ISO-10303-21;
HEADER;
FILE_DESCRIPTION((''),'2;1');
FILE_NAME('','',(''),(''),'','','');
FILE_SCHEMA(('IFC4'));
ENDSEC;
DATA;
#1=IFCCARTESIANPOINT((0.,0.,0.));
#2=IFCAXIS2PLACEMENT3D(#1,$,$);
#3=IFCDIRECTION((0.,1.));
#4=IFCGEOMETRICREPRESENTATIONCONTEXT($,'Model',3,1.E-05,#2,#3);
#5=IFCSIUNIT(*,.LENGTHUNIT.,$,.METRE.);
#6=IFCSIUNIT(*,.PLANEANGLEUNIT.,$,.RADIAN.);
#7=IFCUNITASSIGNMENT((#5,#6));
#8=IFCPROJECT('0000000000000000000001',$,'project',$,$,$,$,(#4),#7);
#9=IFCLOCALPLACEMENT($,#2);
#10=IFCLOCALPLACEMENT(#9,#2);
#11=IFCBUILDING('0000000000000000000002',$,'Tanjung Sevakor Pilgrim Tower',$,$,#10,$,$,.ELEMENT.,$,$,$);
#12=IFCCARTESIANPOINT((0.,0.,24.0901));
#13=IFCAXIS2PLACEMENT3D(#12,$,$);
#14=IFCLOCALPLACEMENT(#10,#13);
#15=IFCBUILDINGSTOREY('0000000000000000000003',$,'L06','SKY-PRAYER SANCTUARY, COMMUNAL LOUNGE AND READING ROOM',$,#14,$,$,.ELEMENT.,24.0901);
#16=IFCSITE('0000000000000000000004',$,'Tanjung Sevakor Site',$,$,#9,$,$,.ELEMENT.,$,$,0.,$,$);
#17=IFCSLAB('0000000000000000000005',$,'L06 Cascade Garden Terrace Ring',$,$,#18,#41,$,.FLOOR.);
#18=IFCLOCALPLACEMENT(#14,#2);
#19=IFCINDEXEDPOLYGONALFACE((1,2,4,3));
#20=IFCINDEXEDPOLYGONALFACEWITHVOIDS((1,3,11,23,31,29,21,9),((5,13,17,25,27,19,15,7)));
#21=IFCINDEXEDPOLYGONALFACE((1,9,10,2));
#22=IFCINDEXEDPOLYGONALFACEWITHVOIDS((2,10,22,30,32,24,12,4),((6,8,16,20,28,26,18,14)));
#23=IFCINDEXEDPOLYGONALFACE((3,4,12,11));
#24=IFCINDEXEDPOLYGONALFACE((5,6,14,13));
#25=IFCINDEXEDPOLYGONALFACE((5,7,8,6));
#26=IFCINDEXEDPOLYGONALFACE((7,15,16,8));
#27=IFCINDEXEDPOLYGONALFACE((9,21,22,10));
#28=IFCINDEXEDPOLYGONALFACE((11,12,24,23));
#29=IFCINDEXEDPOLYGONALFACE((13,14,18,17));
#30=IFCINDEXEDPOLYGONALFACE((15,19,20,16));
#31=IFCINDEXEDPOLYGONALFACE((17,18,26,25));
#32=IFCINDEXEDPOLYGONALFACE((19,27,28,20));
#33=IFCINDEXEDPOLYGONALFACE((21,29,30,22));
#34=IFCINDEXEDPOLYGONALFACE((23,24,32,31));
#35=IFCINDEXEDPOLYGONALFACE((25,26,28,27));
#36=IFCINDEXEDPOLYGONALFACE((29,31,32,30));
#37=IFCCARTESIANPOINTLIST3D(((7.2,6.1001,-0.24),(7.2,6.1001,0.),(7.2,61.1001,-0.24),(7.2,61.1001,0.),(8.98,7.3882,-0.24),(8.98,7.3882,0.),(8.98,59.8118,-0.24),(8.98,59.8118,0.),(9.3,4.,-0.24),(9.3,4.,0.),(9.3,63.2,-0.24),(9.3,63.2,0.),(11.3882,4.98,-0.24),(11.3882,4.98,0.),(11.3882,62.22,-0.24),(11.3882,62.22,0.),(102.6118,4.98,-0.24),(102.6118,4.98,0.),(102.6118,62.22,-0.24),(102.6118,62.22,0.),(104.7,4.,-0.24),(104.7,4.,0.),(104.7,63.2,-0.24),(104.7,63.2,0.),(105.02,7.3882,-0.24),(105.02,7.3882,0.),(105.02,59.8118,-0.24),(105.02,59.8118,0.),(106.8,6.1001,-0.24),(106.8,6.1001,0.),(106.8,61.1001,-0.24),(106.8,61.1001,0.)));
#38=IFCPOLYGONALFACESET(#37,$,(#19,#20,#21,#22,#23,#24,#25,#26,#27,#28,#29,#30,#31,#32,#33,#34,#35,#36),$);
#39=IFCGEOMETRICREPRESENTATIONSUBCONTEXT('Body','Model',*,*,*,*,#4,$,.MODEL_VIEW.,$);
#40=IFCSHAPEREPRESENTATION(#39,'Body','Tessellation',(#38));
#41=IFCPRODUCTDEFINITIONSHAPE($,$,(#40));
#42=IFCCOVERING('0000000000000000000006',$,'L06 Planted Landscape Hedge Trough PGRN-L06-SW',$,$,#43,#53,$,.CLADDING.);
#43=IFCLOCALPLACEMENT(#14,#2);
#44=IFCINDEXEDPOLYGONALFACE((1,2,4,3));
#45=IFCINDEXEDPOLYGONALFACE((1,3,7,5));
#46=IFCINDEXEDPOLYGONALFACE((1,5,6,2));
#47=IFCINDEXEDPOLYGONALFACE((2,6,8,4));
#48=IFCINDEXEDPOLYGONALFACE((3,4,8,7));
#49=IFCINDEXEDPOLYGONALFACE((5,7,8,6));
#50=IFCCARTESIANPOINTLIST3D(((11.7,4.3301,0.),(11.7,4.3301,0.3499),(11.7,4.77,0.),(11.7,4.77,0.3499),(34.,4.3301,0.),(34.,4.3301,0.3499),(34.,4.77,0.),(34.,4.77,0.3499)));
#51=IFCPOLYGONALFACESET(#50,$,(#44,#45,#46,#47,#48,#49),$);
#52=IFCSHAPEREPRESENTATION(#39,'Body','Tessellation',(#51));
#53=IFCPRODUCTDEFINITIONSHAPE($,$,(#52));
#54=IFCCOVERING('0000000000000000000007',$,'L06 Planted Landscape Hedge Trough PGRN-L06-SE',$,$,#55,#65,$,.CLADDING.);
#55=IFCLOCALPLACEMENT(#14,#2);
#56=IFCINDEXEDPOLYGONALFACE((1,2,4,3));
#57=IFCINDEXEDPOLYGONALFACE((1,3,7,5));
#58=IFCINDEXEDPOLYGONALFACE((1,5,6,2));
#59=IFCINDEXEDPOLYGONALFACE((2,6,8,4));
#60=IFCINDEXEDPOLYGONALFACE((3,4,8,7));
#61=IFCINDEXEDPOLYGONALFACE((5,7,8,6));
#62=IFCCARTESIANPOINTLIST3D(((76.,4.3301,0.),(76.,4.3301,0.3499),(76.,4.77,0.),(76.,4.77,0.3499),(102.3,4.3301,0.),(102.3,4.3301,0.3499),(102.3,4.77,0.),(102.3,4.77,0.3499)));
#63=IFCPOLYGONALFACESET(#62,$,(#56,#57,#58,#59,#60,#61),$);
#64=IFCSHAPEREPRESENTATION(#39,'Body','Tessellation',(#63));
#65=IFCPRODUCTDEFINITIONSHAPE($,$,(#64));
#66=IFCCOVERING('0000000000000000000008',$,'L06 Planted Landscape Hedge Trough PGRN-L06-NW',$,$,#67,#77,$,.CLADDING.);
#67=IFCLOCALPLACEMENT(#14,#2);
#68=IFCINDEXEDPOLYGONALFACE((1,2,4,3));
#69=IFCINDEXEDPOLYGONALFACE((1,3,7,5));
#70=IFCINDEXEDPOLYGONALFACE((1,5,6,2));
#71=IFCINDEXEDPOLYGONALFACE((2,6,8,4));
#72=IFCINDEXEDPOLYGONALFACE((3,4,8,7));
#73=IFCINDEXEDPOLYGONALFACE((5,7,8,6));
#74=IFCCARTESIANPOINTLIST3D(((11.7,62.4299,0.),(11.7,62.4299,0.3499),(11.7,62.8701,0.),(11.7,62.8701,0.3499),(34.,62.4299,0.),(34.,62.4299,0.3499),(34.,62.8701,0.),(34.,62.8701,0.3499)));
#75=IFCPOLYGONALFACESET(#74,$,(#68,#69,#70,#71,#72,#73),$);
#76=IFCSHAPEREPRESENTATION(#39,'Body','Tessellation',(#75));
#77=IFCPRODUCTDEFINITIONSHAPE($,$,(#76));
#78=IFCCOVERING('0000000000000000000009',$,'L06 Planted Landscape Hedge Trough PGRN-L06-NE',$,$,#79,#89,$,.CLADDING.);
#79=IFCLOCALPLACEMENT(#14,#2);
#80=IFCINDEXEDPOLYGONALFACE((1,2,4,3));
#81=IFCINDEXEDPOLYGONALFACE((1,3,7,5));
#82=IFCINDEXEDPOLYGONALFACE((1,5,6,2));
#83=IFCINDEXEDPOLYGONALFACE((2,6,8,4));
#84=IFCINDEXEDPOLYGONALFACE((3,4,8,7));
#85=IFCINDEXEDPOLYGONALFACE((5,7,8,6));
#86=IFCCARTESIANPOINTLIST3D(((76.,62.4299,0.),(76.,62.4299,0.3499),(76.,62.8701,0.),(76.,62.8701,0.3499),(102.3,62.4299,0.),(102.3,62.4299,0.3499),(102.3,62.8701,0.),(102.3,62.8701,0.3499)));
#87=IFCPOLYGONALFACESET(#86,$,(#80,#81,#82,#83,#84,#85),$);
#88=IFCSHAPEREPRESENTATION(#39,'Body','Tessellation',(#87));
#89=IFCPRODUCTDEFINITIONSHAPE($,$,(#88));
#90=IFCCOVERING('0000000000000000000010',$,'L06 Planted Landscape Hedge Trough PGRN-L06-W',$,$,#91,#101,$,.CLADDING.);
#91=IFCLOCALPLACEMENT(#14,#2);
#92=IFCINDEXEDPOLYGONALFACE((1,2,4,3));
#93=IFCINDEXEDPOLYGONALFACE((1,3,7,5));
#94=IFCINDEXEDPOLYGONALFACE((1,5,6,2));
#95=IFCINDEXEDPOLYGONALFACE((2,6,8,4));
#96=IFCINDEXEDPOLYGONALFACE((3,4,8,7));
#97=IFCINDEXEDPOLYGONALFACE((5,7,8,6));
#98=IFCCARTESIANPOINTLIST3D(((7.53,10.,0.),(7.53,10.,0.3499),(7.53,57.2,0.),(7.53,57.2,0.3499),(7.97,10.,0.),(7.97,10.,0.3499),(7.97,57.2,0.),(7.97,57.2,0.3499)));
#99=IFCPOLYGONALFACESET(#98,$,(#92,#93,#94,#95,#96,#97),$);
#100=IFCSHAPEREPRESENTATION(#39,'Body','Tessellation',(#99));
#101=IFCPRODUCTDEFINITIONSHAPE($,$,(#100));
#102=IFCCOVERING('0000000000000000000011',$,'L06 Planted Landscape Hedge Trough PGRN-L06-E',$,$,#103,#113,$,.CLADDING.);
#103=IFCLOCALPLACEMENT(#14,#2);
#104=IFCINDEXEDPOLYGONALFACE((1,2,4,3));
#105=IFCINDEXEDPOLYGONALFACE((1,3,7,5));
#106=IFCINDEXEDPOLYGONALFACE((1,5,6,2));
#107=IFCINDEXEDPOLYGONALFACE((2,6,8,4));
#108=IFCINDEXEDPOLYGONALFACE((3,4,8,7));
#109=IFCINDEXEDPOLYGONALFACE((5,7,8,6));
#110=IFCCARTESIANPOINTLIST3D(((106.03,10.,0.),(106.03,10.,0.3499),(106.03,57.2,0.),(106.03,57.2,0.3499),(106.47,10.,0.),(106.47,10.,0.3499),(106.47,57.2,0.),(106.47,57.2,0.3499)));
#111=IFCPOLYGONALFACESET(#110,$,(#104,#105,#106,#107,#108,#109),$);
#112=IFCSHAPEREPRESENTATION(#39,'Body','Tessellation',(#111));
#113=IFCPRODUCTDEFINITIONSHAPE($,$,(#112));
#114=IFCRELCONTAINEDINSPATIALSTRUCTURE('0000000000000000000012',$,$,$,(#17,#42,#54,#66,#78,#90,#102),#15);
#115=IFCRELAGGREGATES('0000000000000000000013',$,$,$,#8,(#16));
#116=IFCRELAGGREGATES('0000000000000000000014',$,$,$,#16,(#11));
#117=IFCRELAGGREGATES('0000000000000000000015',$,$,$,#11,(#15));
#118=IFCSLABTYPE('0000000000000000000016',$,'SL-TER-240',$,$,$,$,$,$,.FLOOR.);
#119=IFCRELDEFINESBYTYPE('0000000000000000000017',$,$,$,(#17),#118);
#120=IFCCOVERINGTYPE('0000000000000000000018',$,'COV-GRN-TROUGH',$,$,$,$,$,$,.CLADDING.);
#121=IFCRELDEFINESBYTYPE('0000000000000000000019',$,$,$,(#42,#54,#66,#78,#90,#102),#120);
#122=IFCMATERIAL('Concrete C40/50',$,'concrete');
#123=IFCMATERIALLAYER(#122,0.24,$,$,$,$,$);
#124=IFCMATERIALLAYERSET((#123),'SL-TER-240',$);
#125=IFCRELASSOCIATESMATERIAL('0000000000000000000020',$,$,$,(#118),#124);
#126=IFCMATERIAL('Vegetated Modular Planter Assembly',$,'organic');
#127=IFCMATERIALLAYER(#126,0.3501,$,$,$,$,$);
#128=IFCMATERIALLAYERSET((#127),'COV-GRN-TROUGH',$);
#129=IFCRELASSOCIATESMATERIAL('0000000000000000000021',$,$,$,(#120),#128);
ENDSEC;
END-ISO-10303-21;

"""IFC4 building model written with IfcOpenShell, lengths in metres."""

from ifc_helpers import new_model, si_unit, direction, frame, origin, place, context, subcontext, project, spatial, polyline, outline, extrude, material, layer, layer_set, type_object, element, save


model = new_model("IFC4")

# Units and contexts
model_context = context("Model", 3, precision=1e-05, world=origin(), true_north=direction((0.0, 1.0)))
body_context = subcontext(model_context, "Body", "Model", "MODEL_VIEW")
ifc_project = project(units=[si_unit("LENGTHUNIT", "METRE"), si_unit("PLANEANGLEUNIT", "RADIAN")], contexts=[model_context])

# Site, building, storey
site_placement = place(None, origin())
site = spatial("IfcSite", under=ifc_project, at=site_placement, Name="Tanjung Sevakor Site", CompositionType="ELEMENT", RefElevation=0.0)
building_placement = place(site_placement, origin())
building = spatial("IfcBuilding", under=site, at=building_placement, Name="Tanjung Sevakor Pilgrim Tower", CompositionType="ELEMENT")
storey_placement = place(building_placement, frame((0.0, 0.0, 24.0901)))
storey = spatial("IfcBuildingStorey", under=building, at=storey_placement, Name="L06", Description="SKY-PRAYER SANCTUARY, COMMUNAL LOUNGE AND READING ROOM", CompositionType="ELEMENT", Elevation=24.0901)

# Slab
ifc_material_1 = material(Name="Concrete C40/50", Category="concrete")
ifc_layer_1 = layer(ifc_material_1, 0.24)
ifc_layer_set_1 = layer_set([ifc_layer_1], Name="SL-TER-240")
slab_type_1 = type_object("IfcSlabType", Name="SL-TER-240", PredefinedType="FLOOR", material=ifc_layer_set_1)
slab_1_placement = place(storey_placement, frame((0.0, 0.0, -0.24)))
element("IfcSlab", 1, at=slab_1_placement, inside=storey, type_object=slab_type_1, Name="L06 Cascade Garden Terrace Ring", PredefinedType="FLOOR", context=body_context, shape_type="SweptSolid", body=[
    extrude(outline(polyline([(9.3, 4.0), (104.7, 4.0), (106.8, 6.1001), (106.8, 61.1001), (104.7, 63.2), (9.3, 63.2), (7.2, 61.1001), (7.2, 6.1001), (9.3, 4.0)]), holes=[polyline([(11.3882, 4.98), (102.6118, 4.98), (105.02, 7.3882), (105.02, 59.8118), (102.6118, 62.22), (11.3882, 62.22), (8.98, 59.8118), (8.98, 7.3882), (11.3882, 4.98)])]), origin(), (0.0, 0.0, 1.0), 0.24),
])

# Coverings
ifc_material_2 = material(Name="Vegetated Modular Planter Assembly", Category="organic")
ifc_layer_2 = layer(ifc_material_2, 0.3501)
ifc_layer_set_2 = layer_set([ifc_layer_2], Name="COV-GRN-TROUGH")
covering_type = type_object("IfcCoveringType", Name="COV-GRN-TROUGH", PredefinedType="CLADDING", material=ifc_layer_set_2)
covering_1_placement = place(storey_placement, origin())
element("IfcCovering", 2, at=covering_1_placement, inside=storey, type_object=covering_type, Name="L06 Planted Landscape Hedge Trough PGRN-L06-SW", PredefinedType="CLADDING", context=body_context, shape_type="SweptSolid", body=[
    extrude(outline(polyline([(11.7, 4.3301), (34.0, 4.3301), (34.0, 4.77), (11.7, 4.77), (11.7, 4.3301)])), origin(), (0.0, 0.0, 1.0), 0.3499),
])
covering_2_placement = place(storey_placement, origin())
element("IfcCovering", 3, at=covering_2_placement, inside=storey, type_object=covering_type, Name="L06 Planted Landscape Hedge Trough PGRN-L06-SE", PredefinedType="CLADDING", context=body_context, shape_type="SweptSolid", body=[
    extrude(outline(polyline([(76.0, 4.3301), (102.3, 4.3301), (102.3, 4.77), (76.0, 4.77), (76.0, 4.3301)])), origin(), (0.0, 0.0, 1.0), 0.3499),
])
covering_3_placement = place(storey_placement, origin())
element("IfcCovering", 4, at=covering_3_placement, inside=storey, type_object=covering_type, Name="L06 Planted Landscape Hedge Trough PGRN-L06-NW", PredefinedType="CLADDING", context=body_context, shape_type="SweptSolid", body=[
    extrude(outline(polyline([(11.7, 62.4299), (34.0, 62.4299), (34.0, 62.8701), (11.7, 62.8701), (11.7, 62.4299)])), origin(), (0.0, 0.0, 1.0), 0.3499),
])
covering_4_placement = place(storey_placement, origin())
element("IfcCovering", 5, at=covering_4_placement, inside=storey, type_object=covering_type, Name="L06 Planted Landscape Hedge Trough PGRN-L06-NE", PredefinedType="CLADDING", context=body_context, shape_type="SweptSolid", body=[
    extrude(outline(polyline([(76.0, 62.4299), (102.3, 62.4299), (102.3, 62.8701), (76.0, 62.8701), (76.0, 62.4299)])), origin(), (0.0, 0.0, 1.0), 0.3499),
])
covering_5_placement = place(storey_placement, origin())
element("IfcCovering", 6, at=covering_5_placement, inside=storey, type_object=covering_type, Name="L06 Planted Landscape Hedge Trough PGRN-L06-W", PredefinedType="CLADDING", context=body_context, shape_type="SweptSolid", body=[
    extrude(outline(polyline([(7.97, 10.0), (7.97, 57.2), (7.53, 57.2), (7.53, 10.0), (7.97, 10.0)])), origin(), (0.0, 0.0, 1.0), 0.3499),
])
covering_6_placement = place(storey_placement, origin())
element("IfcCovering", 7, at=covering_6_placement, inside=storey, type_object=covering_type, Name="L06 Planted Landscape Hedge Trough PGRN-L06-E", PredefinedType="CLADDING", context=body_context, shape_type="SweptSolid", body=[
    extrude(outline(polyline([(106.47, 10.0), (106.47, 57.2), (106.03, 57.2), (106.03, 10.0), (106.47, 10.0)])), origin(), (0.0, 0.0, 1.0), 0.3499),
])

save(model, "model.ifc")
